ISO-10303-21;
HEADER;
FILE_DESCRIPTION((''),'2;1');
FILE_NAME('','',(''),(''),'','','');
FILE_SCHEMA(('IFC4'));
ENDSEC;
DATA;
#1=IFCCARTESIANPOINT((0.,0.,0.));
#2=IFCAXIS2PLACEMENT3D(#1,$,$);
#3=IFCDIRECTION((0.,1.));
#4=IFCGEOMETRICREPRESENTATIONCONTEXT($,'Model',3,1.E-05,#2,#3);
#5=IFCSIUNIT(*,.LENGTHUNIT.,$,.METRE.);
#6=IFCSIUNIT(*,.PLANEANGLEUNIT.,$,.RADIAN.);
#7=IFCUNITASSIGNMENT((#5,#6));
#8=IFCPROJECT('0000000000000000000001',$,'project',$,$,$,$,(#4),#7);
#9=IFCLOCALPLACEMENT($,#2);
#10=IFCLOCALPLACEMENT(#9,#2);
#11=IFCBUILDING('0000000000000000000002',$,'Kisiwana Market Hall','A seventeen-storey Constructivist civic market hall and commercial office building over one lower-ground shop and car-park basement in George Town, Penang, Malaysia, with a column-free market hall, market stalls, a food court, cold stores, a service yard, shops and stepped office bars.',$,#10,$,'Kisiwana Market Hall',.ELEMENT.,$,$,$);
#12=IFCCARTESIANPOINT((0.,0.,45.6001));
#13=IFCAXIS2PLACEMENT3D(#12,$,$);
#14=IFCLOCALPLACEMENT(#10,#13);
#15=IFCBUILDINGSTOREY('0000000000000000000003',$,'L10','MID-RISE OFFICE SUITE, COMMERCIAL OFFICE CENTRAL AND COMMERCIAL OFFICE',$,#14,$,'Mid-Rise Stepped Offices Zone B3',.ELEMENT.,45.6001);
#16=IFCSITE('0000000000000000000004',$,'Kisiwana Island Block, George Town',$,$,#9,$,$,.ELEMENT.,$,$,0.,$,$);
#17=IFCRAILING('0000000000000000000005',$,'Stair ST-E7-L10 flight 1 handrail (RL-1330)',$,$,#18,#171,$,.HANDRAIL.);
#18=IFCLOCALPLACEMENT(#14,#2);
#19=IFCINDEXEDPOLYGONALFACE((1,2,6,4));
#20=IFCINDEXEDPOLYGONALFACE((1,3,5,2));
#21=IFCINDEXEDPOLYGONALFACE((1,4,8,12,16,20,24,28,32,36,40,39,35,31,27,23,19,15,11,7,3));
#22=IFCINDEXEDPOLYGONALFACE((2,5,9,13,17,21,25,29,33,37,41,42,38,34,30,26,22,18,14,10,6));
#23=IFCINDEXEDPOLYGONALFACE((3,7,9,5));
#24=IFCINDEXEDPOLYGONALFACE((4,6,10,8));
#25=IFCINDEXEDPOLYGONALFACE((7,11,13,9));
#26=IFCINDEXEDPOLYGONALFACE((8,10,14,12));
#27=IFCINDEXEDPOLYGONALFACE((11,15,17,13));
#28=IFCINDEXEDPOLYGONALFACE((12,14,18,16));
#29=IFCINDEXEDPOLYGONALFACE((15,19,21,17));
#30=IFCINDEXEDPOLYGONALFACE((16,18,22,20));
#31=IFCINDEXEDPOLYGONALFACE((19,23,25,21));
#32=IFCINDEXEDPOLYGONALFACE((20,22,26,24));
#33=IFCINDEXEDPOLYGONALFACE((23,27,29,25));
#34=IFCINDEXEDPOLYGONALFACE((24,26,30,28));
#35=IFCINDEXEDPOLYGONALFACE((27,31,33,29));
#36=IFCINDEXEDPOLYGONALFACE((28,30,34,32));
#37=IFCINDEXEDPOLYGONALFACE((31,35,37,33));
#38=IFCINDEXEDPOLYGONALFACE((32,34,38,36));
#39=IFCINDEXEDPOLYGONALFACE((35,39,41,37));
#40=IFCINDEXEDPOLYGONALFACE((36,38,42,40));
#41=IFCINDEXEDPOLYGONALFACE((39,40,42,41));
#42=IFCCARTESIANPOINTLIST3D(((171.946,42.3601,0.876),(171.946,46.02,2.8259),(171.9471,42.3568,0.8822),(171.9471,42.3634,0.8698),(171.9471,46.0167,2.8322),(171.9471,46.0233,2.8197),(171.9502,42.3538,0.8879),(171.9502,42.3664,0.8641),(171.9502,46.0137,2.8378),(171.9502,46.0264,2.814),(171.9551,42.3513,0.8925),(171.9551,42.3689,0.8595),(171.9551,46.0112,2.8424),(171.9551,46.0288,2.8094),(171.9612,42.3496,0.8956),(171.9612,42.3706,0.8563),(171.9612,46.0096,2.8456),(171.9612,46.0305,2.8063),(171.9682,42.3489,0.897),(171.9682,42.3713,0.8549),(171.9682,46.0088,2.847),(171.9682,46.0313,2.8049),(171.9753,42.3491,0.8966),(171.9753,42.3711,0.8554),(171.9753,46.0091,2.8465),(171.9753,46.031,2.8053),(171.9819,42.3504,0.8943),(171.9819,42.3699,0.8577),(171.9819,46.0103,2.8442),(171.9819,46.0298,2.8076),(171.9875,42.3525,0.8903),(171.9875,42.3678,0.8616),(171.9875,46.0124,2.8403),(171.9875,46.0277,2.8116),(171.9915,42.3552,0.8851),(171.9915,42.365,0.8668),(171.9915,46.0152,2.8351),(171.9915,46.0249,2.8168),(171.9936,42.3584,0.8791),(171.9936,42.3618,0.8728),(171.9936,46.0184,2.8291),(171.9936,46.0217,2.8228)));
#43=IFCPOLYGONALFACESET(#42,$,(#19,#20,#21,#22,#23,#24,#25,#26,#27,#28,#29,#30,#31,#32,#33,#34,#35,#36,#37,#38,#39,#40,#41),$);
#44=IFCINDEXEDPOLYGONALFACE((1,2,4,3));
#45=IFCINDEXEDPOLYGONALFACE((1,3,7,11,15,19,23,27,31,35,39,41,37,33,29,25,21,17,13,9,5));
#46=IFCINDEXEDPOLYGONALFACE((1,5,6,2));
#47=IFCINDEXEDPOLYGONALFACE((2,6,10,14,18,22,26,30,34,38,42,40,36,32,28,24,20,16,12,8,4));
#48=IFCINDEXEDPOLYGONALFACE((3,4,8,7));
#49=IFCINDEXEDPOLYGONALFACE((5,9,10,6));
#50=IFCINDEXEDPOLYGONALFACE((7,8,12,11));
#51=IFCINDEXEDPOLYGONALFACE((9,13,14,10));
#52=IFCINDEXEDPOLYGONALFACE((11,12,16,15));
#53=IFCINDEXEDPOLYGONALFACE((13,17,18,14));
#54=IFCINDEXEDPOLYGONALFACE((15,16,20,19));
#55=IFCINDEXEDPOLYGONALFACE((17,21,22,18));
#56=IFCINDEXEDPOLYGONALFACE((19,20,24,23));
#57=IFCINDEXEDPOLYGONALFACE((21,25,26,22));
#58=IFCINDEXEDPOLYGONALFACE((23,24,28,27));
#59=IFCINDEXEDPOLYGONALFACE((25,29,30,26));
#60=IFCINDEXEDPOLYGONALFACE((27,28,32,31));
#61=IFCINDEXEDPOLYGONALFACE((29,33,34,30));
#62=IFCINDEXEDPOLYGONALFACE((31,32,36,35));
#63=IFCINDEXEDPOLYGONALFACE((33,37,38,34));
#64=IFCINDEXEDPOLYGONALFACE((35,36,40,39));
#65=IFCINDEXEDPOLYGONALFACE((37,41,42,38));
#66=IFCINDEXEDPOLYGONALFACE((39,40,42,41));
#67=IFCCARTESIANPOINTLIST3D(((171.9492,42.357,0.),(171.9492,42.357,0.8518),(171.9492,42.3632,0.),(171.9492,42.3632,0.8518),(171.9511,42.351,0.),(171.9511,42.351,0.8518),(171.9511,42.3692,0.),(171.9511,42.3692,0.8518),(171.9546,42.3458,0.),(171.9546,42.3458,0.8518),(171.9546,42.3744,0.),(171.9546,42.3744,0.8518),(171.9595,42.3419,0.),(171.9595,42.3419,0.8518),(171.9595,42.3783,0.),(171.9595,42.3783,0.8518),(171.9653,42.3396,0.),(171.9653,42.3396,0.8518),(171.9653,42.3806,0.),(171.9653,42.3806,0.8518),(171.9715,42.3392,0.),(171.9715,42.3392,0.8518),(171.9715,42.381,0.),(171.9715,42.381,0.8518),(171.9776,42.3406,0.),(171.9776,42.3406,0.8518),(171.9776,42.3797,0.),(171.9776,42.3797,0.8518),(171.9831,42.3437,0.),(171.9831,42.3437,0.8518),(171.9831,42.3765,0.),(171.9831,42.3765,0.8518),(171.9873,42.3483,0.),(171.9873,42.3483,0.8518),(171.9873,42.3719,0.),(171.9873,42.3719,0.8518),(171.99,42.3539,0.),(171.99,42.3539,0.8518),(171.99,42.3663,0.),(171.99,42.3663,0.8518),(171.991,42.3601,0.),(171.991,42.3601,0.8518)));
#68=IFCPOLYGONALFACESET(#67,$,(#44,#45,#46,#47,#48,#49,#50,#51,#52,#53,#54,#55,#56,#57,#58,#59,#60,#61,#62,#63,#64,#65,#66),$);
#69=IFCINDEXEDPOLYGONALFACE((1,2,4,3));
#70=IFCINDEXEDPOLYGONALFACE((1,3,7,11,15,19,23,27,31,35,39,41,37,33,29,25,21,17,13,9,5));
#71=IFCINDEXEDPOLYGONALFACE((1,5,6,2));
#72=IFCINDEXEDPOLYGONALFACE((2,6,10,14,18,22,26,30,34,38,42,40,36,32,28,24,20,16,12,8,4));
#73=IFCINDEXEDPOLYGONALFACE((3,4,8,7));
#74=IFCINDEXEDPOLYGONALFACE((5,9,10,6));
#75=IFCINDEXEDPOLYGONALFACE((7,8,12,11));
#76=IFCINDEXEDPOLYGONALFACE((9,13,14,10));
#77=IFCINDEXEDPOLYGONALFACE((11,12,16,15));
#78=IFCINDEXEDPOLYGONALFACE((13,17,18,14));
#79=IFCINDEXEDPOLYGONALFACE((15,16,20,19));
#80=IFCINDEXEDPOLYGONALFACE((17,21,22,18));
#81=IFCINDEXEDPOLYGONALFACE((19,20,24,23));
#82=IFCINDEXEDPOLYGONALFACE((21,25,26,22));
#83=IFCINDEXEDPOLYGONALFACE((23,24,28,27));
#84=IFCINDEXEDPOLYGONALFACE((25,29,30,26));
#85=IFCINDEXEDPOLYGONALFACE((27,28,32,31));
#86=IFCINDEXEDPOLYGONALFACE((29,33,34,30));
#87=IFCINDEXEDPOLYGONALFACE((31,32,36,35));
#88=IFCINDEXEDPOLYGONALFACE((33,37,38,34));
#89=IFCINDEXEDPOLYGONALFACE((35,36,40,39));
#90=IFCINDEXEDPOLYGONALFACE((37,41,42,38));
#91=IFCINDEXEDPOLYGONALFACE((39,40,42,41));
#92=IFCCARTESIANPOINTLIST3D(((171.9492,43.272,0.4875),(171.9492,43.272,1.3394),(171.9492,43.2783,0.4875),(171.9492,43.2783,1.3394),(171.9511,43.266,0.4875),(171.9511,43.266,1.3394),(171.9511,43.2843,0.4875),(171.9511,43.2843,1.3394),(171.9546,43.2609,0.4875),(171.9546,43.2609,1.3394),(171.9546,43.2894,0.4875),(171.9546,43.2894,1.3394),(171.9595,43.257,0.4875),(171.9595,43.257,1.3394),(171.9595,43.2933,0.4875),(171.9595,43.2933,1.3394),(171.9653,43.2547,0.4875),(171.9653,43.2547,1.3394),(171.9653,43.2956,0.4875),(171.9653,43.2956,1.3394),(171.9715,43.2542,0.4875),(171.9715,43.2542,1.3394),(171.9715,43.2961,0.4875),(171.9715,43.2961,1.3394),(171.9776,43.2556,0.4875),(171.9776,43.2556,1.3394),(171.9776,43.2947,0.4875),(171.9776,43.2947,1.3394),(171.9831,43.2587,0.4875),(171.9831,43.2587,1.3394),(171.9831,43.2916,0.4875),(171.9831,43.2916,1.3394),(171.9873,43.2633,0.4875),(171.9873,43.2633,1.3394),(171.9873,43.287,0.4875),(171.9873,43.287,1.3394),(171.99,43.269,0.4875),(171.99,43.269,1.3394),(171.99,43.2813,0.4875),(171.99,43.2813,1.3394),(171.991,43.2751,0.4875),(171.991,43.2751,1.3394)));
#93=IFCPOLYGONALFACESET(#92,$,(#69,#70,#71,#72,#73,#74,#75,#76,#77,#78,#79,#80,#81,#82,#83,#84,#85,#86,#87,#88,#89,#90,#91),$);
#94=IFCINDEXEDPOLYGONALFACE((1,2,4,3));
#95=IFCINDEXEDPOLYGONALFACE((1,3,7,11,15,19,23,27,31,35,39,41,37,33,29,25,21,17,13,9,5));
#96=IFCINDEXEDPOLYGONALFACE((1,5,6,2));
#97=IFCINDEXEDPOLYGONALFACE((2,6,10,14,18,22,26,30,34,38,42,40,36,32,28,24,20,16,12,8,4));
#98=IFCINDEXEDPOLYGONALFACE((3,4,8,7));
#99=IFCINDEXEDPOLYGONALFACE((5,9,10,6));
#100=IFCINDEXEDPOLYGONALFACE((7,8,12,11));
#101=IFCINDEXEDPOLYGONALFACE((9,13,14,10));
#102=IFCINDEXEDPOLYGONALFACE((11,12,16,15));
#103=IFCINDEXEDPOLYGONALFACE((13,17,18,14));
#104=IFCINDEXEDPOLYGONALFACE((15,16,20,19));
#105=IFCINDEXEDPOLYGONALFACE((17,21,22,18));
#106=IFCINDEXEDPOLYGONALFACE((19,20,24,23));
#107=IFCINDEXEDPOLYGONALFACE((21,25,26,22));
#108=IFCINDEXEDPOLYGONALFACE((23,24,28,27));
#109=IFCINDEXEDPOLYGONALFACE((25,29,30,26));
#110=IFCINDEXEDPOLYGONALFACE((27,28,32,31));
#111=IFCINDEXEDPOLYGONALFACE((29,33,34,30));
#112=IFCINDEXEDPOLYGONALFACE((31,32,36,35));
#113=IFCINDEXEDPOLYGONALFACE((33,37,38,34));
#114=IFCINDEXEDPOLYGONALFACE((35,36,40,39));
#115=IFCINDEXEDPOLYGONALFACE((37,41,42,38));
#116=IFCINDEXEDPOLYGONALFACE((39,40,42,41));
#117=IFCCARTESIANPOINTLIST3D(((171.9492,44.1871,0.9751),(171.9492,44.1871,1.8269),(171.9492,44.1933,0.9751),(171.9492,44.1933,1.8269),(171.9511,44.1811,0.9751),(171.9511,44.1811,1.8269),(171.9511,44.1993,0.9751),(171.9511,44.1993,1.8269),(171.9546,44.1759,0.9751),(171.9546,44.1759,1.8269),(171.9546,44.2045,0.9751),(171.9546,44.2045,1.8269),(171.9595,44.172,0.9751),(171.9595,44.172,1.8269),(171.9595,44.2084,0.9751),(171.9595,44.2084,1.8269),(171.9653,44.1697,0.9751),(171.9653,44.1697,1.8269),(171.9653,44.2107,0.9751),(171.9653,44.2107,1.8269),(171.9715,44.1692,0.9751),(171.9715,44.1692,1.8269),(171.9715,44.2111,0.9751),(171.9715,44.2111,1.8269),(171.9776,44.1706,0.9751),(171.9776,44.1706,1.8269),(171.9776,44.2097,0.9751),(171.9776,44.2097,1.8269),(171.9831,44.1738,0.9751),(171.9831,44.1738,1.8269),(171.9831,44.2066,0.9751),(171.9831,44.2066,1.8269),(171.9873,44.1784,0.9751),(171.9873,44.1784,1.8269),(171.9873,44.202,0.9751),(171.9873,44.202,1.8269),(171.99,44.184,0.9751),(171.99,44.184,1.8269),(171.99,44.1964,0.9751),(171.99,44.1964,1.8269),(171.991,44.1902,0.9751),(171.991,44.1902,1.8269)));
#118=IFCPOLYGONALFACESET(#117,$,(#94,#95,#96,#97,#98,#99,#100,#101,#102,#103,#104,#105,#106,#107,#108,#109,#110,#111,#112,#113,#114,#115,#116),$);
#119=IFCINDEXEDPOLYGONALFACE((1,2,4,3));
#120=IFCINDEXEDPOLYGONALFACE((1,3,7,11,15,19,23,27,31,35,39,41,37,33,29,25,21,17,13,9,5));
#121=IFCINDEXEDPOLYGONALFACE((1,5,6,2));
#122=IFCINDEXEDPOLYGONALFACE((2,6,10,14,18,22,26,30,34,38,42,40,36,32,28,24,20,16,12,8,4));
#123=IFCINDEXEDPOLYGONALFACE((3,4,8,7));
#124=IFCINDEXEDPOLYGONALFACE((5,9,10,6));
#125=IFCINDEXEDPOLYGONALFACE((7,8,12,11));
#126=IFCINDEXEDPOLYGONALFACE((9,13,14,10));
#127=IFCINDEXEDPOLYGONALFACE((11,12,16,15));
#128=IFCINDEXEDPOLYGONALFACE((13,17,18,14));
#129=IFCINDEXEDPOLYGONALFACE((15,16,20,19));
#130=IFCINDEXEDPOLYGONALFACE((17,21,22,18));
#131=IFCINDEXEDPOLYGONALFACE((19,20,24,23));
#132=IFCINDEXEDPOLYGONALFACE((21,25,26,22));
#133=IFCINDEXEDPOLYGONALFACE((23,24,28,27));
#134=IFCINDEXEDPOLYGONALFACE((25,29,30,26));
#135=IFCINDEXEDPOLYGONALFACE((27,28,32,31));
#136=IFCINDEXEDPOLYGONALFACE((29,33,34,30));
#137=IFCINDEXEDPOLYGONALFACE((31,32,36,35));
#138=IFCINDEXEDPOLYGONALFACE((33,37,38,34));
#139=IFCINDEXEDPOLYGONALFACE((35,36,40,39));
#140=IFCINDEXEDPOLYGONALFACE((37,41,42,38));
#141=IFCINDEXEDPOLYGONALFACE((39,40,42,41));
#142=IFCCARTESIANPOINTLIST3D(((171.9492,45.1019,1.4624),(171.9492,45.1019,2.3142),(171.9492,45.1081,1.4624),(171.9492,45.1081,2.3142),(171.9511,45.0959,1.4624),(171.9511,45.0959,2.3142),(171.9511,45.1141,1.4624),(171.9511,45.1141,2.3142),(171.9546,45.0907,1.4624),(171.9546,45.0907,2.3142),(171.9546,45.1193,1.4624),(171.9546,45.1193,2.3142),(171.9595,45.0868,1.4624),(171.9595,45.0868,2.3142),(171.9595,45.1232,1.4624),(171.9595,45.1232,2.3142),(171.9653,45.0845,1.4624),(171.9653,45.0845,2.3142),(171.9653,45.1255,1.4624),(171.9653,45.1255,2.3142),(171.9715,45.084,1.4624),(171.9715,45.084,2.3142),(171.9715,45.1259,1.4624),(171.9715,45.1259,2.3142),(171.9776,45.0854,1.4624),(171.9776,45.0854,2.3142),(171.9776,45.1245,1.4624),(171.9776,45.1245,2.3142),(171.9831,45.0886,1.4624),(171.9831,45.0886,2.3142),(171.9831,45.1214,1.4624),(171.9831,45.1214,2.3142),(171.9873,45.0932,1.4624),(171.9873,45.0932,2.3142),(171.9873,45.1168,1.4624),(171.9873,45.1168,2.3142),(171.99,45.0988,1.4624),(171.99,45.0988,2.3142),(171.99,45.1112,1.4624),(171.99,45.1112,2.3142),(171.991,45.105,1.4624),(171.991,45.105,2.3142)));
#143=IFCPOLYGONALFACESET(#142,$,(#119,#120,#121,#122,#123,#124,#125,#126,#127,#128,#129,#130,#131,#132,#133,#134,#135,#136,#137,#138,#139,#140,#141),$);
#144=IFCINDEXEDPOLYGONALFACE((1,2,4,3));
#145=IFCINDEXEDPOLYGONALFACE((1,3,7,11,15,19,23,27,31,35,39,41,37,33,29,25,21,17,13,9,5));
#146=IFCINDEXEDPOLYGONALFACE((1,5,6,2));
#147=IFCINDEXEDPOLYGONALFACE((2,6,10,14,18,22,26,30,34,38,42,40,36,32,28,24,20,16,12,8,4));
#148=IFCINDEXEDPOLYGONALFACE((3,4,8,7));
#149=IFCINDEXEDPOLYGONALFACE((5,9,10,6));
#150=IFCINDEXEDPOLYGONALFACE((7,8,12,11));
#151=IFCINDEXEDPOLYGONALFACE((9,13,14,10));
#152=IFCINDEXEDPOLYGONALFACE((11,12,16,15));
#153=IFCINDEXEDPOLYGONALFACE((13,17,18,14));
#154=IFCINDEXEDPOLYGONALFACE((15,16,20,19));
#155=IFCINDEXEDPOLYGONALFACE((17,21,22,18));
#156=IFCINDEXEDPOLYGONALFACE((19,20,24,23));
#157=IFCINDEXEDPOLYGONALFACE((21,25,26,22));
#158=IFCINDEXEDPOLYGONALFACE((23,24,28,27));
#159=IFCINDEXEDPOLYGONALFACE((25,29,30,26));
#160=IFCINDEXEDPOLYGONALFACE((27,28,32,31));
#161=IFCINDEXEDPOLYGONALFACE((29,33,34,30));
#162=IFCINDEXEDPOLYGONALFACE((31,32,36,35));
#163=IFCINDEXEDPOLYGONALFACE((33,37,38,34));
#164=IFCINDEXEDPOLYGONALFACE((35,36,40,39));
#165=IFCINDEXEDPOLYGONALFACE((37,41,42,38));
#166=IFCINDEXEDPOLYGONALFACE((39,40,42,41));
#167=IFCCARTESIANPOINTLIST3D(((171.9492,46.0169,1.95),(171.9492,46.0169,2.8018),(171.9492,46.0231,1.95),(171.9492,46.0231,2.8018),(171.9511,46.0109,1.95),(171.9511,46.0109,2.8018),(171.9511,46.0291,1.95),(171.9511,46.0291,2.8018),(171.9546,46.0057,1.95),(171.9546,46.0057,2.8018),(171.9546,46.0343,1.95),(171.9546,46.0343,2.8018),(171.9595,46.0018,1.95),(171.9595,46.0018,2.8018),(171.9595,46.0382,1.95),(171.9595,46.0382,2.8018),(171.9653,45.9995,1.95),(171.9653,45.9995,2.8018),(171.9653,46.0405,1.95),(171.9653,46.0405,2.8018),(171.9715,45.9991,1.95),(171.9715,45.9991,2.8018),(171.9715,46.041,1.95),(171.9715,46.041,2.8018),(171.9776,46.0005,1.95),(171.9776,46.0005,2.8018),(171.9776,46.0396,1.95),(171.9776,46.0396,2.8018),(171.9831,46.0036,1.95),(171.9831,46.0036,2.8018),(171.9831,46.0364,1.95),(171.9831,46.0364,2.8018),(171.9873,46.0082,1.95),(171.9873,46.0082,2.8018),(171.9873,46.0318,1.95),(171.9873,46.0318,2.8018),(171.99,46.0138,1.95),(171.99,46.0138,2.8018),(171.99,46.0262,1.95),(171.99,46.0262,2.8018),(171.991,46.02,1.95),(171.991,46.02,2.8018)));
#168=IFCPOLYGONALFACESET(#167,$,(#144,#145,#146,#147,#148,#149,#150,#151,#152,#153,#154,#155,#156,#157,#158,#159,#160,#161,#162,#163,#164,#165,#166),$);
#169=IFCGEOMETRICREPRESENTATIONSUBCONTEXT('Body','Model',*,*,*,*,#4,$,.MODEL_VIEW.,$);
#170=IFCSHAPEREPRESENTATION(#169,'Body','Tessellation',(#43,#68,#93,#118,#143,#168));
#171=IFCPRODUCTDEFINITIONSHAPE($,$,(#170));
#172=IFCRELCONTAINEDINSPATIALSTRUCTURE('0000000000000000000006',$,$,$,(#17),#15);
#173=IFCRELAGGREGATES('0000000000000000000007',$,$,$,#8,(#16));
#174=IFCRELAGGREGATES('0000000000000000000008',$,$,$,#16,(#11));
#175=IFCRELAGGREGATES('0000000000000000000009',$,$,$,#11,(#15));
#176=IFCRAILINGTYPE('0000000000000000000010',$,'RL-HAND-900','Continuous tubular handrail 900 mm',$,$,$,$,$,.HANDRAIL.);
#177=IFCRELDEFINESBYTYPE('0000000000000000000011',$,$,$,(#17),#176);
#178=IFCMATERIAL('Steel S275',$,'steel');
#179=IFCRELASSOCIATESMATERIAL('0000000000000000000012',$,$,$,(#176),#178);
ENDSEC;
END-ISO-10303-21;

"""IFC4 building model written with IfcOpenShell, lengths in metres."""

from ifc_helpers import new_model, si_unit, direction, frame, origin, origin_2d, place, context, subcontext, project, spatial, circle, extrude, material, type_object, element, save


model = new_model("IFC4")

# Units and contexts
model_context = context("Model", 3, precision=1e-05, world=origin(), true_north=direction((0.0, 1.0)))
body_context = subcontext(model_context, "Body", "Model", "MODEL_VIEW")
ifc_project = project(units=[si_unit("LENGTHUNIT", "METRE"), si_unit("PLANEANGLEUNIT", "RADIAN")], contexts=[model_context])

# Site, building, storey
site_placement = place(None, origin())
site = spatial("IfcSite", under=ifc_project, at=site_placement, Name="Kisiwana Island Block, George Town", CompositionType="ELEMENT", RefElevation=0.0)
building_placement = place(site_placement, origin())
building = spatial("IfcBuilding", under=site, at=building_placement, Name="Kisiwana Market Hall", Description="A seventeen-storey Constructivist civic market hall and commercial office building over one lower-ground shop and car-park basement in George Town, Penang, Malaysia, with a column-free market hall, market stalls, a food court, cold stores, a service yard, shops and stepped office bars.", LongName="Kisiwana Market Hall", CompositionType="ELEMENT")
storey_placement = place(building_placement, frame((0.0, 0.0, 45.6001)))
storey = spatial("IfcBuildingStorey", under=building, at=storey_placement, Name="L10", Description="MID-RISE OFFICE SUITE, COMMERCIAL OFFICE CENTRAL AND COMMERCIAL OFFICE", LongName="Mid-Rise Stepped Offices Zone B3", CompositionType="ELEMENT", Elevation=45.6001)

# Railing
ifc_material_1 = material(Name="Steel S275", Category="steel")
railing_type_1 = type_object("IfcRailingType", Name="RL-HAND-900", Description="Continuous tubular handrail 900 mm", PredefinedType="HANDRAIL", material=ifc_material_1)
railing_1_placement = place(storey_placement, frame((171.97, 42.3601, 0.0)))
element("IfcRailing", 1, at=railing_1_placement, inside=storey, type_object=railing_type_1, Name="Stair ST-E7-L10 flight 1 handrail (RL-1330)", PredefinedType="HANDRAIL", context=body_context, shape_type="SweptSolid", body=[
    extrude(circle(Radius=0.0239, at=origin_2d()), frame((0.0, 0.0, 0.876), z_axis=(0.0, 0.882553, 0.470212), x_axis=(-1.0, 0.0, 0.0)), (0.0, 0.0, 1.0), 4.147),
    extrude(circle(Radius=0.021, at=origin_2d()), origin(), (0.0, 0.0, 1.0), 0.8518),
    extrude(circle(Radius=0.021, at=origin_2d()), frame((0.0, 0.915, 0.4875)), (0.0, 0.0, 1.0), 0.8518),
    extrude(circle(Radius=0.021, at=origin_2d()), frame((0.0, 1.8301, 0.9751)), (0.0, 0.0, 1.0), 0.8518),
    extrude(circle(Radius=0.021, at=origin_2d()), frame((0.0, 2.7449, 1.4624)), (0.0, 0.0, 1.0), 0.8518),
    extrude(circle(Radius=0.021, at=origin_2d()), frame((0.0, 3.6599, 1.95)), (0.0, 0.0, 1.0), 0.8518),
])

save(model, "model.ifc")
